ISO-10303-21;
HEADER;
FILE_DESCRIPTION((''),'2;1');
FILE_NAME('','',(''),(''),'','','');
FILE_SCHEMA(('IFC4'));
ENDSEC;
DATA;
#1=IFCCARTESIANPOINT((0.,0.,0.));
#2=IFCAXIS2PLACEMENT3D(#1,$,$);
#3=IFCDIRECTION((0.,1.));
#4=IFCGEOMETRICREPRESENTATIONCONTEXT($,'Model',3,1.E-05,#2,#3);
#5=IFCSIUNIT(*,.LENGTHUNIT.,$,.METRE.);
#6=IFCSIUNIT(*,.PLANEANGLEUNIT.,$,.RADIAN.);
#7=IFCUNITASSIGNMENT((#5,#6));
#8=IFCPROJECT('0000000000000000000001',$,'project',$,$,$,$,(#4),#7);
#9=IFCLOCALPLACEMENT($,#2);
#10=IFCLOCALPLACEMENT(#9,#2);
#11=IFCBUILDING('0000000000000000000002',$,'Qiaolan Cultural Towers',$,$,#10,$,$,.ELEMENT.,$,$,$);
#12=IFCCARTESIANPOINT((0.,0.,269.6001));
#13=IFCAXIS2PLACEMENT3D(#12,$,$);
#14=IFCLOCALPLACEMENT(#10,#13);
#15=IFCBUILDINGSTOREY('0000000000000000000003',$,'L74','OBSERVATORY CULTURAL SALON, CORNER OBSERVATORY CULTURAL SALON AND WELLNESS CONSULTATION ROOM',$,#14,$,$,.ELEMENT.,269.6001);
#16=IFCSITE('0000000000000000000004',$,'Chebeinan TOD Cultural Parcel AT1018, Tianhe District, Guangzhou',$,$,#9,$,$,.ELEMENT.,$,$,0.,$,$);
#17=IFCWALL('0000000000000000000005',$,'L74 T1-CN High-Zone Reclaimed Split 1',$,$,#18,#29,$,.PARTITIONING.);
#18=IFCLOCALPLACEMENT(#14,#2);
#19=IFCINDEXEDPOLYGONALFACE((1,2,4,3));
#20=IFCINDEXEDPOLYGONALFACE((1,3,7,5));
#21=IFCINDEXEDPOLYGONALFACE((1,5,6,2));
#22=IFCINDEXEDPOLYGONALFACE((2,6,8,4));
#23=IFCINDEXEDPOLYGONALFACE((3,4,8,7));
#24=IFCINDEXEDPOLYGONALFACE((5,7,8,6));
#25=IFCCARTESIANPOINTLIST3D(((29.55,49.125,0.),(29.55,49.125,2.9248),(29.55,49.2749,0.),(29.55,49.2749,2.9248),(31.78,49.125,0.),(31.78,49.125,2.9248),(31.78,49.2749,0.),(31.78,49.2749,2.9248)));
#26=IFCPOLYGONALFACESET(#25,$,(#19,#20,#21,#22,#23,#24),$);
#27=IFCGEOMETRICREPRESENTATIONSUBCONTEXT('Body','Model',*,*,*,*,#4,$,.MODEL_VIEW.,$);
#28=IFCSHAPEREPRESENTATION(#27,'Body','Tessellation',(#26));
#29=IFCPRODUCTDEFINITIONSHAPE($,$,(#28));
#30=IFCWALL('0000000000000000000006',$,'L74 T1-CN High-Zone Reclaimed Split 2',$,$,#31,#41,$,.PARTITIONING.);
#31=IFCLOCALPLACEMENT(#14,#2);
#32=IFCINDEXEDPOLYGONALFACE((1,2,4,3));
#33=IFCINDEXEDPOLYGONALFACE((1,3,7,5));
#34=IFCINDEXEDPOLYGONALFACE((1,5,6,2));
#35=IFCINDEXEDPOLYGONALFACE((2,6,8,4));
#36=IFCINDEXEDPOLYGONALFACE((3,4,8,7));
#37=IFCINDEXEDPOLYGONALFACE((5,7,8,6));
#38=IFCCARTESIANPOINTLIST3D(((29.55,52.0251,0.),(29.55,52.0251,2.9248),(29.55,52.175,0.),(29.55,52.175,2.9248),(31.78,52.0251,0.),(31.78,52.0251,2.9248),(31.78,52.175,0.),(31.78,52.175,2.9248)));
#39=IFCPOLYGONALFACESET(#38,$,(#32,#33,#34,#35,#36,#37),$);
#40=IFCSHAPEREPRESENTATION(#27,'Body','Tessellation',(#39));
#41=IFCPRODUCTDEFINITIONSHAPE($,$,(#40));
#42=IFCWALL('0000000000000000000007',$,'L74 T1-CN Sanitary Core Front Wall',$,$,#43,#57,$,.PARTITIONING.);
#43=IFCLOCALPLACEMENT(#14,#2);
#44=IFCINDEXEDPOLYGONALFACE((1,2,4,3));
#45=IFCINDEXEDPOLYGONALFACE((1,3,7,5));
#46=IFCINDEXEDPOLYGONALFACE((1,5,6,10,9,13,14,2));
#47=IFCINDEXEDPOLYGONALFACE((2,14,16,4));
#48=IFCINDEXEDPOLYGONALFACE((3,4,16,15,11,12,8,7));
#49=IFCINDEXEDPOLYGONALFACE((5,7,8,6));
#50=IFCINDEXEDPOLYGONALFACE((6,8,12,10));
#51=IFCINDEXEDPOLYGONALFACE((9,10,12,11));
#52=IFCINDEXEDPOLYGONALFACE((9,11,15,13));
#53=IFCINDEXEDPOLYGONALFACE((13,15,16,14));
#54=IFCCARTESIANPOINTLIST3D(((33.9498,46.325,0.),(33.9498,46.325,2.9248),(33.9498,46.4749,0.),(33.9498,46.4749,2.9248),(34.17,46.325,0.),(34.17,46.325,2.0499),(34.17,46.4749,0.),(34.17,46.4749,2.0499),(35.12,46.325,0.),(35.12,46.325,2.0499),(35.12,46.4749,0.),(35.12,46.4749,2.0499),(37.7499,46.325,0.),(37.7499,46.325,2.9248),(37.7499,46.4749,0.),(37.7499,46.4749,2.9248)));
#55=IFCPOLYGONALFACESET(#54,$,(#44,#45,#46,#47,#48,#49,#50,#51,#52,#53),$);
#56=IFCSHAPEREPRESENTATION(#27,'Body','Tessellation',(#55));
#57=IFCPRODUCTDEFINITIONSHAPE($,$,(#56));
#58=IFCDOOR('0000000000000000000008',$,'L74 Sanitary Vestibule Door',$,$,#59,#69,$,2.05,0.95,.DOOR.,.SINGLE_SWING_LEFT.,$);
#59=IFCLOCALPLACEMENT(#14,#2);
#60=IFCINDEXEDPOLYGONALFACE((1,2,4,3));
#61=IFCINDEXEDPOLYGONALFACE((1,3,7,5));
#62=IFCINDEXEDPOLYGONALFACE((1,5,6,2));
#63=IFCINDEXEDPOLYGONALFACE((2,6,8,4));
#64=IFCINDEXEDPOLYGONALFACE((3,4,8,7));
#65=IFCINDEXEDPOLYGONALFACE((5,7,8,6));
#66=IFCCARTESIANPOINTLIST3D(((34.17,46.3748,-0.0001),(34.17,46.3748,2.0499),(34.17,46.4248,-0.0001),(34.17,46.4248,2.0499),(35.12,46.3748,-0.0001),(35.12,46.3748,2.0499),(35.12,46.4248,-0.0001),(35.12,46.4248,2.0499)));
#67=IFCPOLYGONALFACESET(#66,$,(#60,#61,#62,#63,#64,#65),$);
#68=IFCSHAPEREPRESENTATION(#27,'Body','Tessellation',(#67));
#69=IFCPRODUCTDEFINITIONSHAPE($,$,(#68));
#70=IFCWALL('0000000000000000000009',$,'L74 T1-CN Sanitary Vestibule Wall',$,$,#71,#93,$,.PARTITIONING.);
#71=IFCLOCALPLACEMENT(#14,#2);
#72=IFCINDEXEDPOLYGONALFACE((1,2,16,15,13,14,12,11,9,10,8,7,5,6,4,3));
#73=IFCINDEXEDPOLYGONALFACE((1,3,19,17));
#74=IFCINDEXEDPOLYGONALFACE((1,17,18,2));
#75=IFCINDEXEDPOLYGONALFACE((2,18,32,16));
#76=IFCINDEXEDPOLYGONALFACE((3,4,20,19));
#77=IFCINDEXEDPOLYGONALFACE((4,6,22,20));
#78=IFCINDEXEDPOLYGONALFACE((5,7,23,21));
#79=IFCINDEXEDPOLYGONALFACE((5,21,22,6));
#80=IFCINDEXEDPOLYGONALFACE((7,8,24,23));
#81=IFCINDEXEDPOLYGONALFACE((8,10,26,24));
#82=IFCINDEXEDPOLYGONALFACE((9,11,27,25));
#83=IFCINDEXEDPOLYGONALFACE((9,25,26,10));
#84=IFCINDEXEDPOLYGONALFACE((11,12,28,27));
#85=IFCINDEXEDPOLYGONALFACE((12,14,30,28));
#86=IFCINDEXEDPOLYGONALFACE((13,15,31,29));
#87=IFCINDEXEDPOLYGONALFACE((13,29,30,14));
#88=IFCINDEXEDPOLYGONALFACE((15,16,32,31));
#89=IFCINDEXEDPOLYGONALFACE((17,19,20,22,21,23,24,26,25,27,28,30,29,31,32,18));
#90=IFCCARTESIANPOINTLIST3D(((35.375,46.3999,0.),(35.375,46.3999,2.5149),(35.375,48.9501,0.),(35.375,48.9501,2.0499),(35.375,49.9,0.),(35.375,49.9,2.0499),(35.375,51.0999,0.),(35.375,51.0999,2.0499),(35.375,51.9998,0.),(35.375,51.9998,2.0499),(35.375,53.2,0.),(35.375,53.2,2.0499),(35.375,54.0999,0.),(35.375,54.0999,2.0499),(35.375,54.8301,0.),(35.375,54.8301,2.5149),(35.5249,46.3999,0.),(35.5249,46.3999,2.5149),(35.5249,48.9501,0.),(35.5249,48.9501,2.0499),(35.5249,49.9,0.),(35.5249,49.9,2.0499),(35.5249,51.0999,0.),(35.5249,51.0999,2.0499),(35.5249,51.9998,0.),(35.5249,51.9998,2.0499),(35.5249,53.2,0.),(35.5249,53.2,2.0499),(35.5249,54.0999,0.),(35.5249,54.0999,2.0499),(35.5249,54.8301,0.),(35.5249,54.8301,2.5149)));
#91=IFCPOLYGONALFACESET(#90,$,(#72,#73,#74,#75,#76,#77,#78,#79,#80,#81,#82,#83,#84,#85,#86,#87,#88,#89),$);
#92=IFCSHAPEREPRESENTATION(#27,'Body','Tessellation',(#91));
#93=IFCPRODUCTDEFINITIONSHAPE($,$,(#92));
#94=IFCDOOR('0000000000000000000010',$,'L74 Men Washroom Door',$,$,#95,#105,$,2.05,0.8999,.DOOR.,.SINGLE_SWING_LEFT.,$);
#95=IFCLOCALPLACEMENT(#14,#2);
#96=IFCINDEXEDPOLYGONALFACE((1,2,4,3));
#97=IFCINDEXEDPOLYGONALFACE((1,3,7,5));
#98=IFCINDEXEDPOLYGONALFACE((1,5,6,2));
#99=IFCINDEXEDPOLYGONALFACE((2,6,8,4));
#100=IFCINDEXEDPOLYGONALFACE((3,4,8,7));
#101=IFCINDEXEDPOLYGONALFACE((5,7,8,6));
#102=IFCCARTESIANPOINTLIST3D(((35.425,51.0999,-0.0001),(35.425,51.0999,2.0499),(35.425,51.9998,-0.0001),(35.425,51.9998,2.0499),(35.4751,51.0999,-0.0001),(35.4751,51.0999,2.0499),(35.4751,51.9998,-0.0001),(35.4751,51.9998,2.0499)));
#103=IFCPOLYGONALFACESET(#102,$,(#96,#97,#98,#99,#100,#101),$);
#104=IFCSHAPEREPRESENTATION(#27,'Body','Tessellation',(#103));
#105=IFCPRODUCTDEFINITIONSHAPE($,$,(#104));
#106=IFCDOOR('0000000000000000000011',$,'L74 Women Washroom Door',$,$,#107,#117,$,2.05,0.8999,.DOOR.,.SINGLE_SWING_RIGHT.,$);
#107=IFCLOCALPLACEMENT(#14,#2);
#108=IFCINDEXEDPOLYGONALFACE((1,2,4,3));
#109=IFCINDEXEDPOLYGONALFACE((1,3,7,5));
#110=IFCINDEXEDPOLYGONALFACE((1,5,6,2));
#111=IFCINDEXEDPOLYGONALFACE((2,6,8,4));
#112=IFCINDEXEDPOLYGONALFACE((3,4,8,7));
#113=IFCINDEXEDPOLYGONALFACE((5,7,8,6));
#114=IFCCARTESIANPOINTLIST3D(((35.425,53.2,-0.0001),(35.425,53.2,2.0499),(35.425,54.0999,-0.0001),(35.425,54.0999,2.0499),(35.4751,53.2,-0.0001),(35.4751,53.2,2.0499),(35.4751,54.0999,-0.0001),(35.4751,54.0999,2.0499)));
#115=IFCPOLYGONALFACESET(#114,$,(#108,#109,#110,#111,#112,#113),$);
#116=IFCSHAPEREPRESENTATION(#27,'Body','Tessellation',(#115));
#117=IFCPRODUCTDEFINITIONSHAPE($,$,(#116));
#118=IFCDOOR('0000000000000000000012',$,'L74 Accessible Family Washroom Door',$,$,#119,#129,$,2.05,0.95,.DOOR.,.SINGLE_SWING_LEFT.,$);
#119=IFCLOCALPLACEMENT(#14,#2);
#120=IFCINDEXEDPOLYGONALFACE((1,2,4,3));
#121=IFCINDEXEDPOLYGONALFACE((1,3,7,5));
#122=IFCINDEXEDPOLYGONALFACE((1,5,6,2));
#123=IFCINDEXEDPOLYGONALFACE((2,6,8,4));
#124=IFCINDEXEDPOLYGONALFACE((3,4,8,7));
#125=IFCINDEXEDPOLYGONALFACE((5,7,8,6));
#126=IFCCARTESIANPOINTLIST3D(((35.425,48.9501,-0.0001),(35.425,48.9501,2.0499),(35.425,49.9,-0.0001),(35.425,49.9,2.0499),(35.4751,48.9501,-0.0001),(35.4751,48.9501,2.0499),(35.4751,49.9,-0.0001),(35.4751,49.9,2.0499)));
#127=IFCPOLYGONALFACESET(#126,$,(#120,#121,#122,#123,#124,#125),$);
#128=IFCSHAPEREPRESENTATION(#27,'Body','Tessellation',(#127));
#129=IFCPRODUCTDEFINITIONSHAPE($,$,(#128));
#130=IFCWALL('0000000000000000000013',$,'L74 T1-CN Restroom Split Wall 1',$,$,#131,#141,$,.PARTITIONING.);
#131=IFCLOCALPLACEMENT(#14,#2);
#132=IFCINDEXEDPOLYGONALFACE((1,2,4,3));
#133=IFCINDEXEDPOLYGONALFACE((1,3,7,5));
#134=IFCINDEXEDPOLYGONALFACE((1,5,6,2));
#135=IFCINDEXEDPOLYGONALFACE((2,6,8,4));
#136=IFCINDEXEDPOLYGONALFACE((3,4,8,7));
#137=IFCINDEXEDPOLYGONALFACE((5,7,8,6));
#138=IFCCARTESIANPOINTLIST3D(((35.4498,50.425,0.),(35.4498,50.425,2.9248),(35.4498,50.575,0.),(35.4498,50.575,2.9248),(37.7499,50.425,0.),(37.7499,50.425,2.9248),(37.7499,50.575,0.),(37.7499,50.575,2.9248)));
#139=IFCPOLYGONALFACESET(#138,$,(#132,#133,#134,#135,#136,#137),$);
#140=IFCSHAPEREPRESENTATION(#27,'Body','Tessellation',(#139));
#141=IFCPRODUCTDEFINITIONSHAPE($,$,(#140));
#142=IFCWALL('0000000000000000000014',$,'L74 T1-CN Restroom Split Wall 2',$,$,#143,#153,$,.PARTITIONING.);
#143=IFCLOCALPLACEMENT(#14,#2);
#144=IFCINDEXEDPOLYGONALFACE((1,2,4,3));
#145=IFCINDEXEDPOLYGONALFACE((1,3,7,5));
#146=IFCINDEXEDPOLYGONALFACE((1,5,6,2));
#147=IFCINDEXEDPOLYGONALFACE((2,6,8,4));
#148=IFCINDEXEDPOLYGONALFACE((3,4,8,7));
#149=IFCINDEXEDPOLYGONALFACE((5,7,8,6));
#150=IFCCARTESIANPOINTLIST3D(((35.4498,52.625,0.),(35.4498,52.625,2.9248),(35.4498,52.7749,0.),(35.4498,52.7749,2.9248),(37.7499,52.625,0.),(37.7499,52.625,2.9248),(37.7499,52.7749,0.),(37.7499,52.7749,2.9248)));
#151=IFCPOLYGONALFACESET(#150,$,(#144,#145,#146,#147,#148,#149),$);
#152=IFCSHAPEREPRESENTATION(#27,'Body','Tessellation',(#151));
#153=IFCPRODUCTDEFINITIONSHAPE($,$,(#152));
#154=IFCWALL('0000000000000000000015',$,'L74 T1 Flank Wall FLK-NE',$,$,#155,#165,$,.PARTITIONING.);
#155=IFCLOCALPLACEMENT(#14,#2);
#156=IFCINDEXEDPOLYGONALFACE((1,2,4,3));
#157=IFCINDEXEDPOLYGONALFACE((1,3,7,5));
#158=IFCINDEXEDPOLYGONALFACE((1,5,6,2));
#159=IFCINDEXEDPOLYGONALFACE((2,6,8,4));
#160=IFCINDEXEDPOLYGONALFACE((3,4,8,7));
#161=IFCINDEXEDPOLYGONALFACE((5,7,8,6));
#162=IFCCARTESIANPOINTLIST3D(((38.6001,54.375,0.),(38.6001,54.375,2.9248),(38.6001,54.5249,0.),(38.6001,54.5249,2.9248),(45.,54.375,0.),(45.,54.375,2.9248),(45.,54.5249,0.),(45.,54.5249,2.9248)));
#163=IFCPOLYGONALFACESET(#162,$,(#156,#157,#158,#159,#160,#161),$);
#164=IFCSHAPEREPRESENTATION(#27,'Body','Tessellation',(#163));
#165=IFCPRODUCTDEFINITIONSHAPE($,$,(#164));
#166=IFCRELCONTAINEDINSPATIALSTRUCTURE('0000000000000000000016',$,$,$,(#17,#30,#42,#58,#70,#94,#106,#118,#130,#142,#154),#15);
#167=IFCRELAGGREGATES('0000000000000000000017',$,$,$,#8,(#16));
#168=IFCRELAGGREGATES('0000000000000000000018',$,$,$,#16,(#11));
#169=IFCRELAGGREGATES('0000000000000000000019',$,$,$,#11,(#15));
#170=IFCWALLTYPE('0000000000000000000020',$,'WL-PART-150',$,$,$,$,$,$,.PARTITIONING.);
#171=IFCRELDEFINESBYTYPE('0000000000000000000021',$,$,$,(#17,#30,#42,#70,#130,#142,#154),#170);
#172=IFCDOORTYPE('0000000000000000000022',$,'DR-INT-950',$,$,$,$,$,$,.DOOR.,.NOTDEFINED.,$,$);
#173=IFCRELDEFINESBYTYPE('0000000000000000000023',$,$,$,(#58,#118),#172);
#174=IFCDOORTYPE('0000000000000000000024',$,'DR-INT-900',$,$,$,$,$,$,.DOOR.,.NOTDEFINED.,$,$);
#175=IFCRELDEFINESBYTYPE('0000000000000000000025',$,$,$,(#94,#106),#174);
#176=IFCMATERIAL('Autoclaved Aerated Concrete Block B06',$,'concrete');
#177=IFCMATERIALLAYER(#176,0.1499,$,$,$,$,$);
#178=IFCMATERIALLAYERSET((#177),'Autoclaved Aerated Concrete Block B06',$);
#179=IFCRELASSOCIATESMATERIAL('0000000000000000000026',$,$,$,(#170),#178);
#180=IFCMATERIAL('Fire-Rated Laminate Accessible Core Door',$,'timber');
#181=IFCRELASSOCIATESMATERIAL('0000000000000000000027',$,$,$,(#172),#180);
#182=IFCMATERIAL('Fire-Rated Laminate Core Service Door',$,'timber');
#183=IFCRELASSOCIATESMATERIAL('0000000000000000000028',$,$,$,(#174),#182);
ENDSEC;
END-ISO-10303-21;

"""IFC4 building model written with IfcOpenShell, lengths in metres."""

from ifc_helpers import new_model, si_unit, direction, frame, frame_2d, origin, place, context, subcontext, project, spatial, rectangle, extrude, material, layer, layer_set, type_object, element, fill, save


model = new_model("IFC4")

# Units and contexts
model_context = context("Model", 3, precision=1e-05, world=origin(), true_north=direction((0.0, 1.0)))
body_context = subcontext(model_context, "Body", "Model", "MODEL_VIEW")
ifc_project = project(units=[si_unit("LENGTHUNIT", "METRE"), si_unit("PLANEANGLEUNIT", "RADIAN")], contexts=[model_context])

# Site, building, storey
site_placement = place(None, origin())
site = spatial("IfcSite", under=ifc_project, at=site_placement, Name="Chebeinan TOD Cultural Parcel AT1018, Tianhe District, Guangzhou", CompositionType="ELEMENT", RefElevation=0.0)
building_placement = place(site_placement, origin())
building = spatial("IfcBuilding", under=site, at=building_placement, Name="Qiaolan Cultural Towers", CompositionType="ELEMENT")
storey_placement = place(building_placement, frame((0.0, 0.0, 269.6001)))
storey = spatial("IfcBuildingStorey", under=building, at=storey_placement, Name="L74", Description="OBSERVATORY CULTURAL SALON, CORNER OBSERVATORY CULTURAL SALON AND WELLNESS CONSULTATION ROOM", CompositionType="ELEMENT", Elevation=269.6001)

# Walls
ifc_material_1 = material(Name="Autoclaved Aerated Concrete Block B06", Category="concrete")
ifc_layer_1 = layer(ifc_material_1, 0.1499)
ifc_layer_set_1 = layer_set([ifc_layer_1], Name="Autoclaved Aerated Concrete Block B06")
wall_type_1 = type_object("IfcWallType", Name="WL-PART-150", PredefinedType="PARTITIONING", material=ifc_layer_set_1)
for number, where, z_axis, x_axis, name in (
    (1, (29.55, 49.2, 0.0), (0.0, 0.0, 1.0), (1.0, 0.0, 0.0), "L74 T1-CN High-Zone Reclaimed Split 1"),
    (2, (29.55, 52.1001, 0.0), (0.0, 0.0, 1.0), (1.0, 0.0, 0.0), "L74 T1-CN High-Zone Reclaimed Split 2"),
):
    element("IfcWall", number, at=place(storey_placement, frame(where, z_axis=z_axis, x_axis=x_axis)), inside=storey, type_object=wall_type_1, Name=name, PredefinedType="PARTITIONING", context=body_context, shape_type="SweptSolid", body=[
        extrude(rectangle(XDim=2.23, YDim=0.1499, at=frame_2d((1.115, 0.0))), origin(), (0.0, 0.0, 1.0), 2.9248),
    ])

# Wall, opening, door
wall_1_placement = place(storey_placement, frame((33.95, 46.3999, 0.0), z_axis=(0.0, 0.0, 1.0), x_axis=(1.0, 0.0, 0.0)))
wall_1 = element("IfcWall", 3, at=wall_1_placement, inside=storey, type_object=wall_type_1, Name="L74 T1-CN Sanitary Core Front Wall", PredefinedType="PARTITIONING", context=body_context, shape_type="SweptSolid", body=[
    extrude(rectangle(XDim=3.8, YDim=0.1499, at=frame_2d((1.8999, 0.0))), origin(), (0.0, 0.0, 1.0), 2.9248),
])
opening_1_placement = place(wall_1_placement, frame((0.22, 0.0, 0.0)))
opening_1 = element("IfcOpeningElement", 4, at=opening_1_placement, cuts=wall_1, PredefinedType="OPENING", context=body_context, shape_type="SweptSolid", body=[
    extrude(rectangle(XDim=0.95, YDim=2.05, at=frame_2d((0.4751, 1.0249))), frame((0.0, 0.085, 0.0), z_axis=(0.0, -1.0, 0.0), x_axis=(1.0, 0.0, 0.0)), (0.0, 0.0, 1.0), 0.1699),
])
ifc_material_2 = material(Name="Fire-Rated Laminate Accessible Core Door", Category="timber")
door_type_1 = type_object("IfcDoorType", Name="DR-INT-950", OperationType="NOTDEFINED", PredefinedType="DOOR", material=ifc_material_2)
door_1_placement = place(opening_1_placement, origin())
door_1 = element("IfcDoor", 5, at=door_1_placement, inside=storey, type_object=door_type_1, Name="L74 Sanitary Vestibule Door", OperationType="SINGLE_SWING_LEFT", OverallHeight=2.05, OverallWidth=0.95, PredefinedType="DOOR", context=body_context, shape_type="SweptSolid", body=[
    extrude(rectangle(XDim=0.95, YDim=2.05, at=frame_2d((0.4751, 1.0249))), frame((0.0, 0.0249, 0.0), z_axis=(0.0, -1.0, 0.0), x_axis=(1.0, 0.0, 0.0)), (0.0, 0.0, 1.0), 0.05),
])
fill(opening_1, door_1)

# Wall, openings, doors
wall_2_placement = place(storey_placement, frame((35.45, 46.3999, 0.0), z_axis=(0.0, 0.0, 1.0), x_axis=(0.0, 1.0, 0.0)))
wall_2 = element("IfcWall", 6, at=wall_2_placement, inside=storey, type_object=wall_type_1, Name="L74 T1-CN Sanitary Vestibule Wall", PredefinedType="PARTITIONING", context=body_context, shape_type="SweptSolid", body=[
    extrude(rectangle(XDim=8.4302, YDim=0.1499, at=frame_2d((4.2151, 0.0))), origin(), (0.0, 0.0, 1.0), 2.5149),
])
opening_2_placement = place(wall_2_placement, frame((2.55, 0.0, 0.0)))
opening_2 = element("IfcOpeningElement", 7, at=opening_2_placement, cuts=wall_2, PredefinedType="OPENING", context=body_context, shape_type="SweptSolid", body=[
    extrude(rectangle(XDim=0.95, YDim=2.05, at=frame_2d((0.4751, 1.0249))), frame((0.0, 0.085, 0.0), z_axis=(0.0, -1.0, 0.0), x_axis=(1.0, 0.0, 0.0)), (0.0, 0.0, 1.0), 0.1699),
])
opening_3_placement = place(wall_2_placement, frame((4.7, 0.0, 0.0)))
opening_3 = element("IfcOpeningElement", 8, at=opening_3_placement, cuts=wall_2, PredefinedType="OPENING", context=body_context, shape_type="SweptSolid", body=[
    extrude(rectangle(XDim=0.8999, YDim=2.05, at=frame_2d((0.45, 1.0249))), frame((0.0, 0.085, 0.0), z_axis=(0.0, -1.0, 0.0), x_axis=(1.0, 0.0, 0.0)), (0.0, 0.0, 1.0), 0.1699),
])
opening_4_placement = place(wall_2_placement, frame((6.8, 0.0, 0.0)))
opening_4 = element("IfcOpeningElement", 9, at=opening_4_placement, cuts=wall_2, PredefinedType="OPENING", context=body_context, shape_type="SweptSolid", body=[
    extrude(rectangle(XDim=0.8999, YDim=2.05, at=frame_2d((0.45, 1.0249))), frame((0.0, 0.085, 0.0), z_axis=(0.0, -1.0, 0.0), x_axis=(1.0, 0.0, 0.0)), (0.0, 0.0, 1.0), 0.1699),
])
ifc_material_3 = material(Name="Fire-Rated Laminate Core Service Door", Category="timber")
door_type_2 = type_object("IfcDoorType", Name="DR-INT-900", OperationType="NOTDEFINED", PredefinedType="DOOR", material=ifc_material_3)
door_2_placement = place(opening_3_placement, origin())
door_2 = element("IfcDoor", 10, at=door_2_placement, inside=storey, type_object=door_type_2, Name="L74 Men Washroom Door", OperationType="SINGLE_SWING_LEFT", OverallHeight=2.05, OverallWidth=0.8999, PredefinedType="DOOR", context=body_context, shape_type="SweptSolid", body=[
    extrude(rectangle(XDim=0.8999, YDim=2.05, at=frame_2d((0.45, 1.0249))), frame((0.0, 0.0249, 0.0), z_axis=(0.0, -1.0, 0.0), x_axis=(1.0, 0.0, 0.0)), (0.0, 0.0, 1.0), 0.05),
])
fill(opening_3, door_2)
door_3_placement = place(opening_4_placement, origin())
door_3 = element("IfcDoor", 11, at=door_3_placement, inside=storey, type_object=door_type_2, Name="L74 Women Washroom Door", OperationType="SINGLE_SWING_RIGHT", OverallHeight=2.05, OverallWidth=0.8999, PredefinedType="DOOR", context=body_context, shape_type="SweptSolid", body=[
    extrude(rectangle(XDim=0.8999, YDim=2.05, at=frame_2d((0.45, 1.0249))), frame((0.0, 0.0249, 0.0), z_axis=(0.0, -1.0, 0.0), x_axis=(1.0, 0.0, 0.0)), (0.0, 0.0, 1.0), 0.05),
])
fill(opening_4, door_3)
door_4_placement = place(opening_2_placement, origin())
door_4 = element("IfcDoor", 12, at=door_4_placement, inside=storey, type_object=door_type_1, Name="L74 Accessible Family Washroom Door", OperationType="SINGLE_SWING_LEFT", OverallHeight=2.05, OverallWidth=0.95, PredefinedType="DOOR", context=body_context, shape_type="SweptSolid", body=[
    extrude(rectangle(XDim=0.95, YDim=2.05, at=frame_2d((0.4751, 1.0249))), frame((0.0, 0.0249, 0.0), z_axis=(0.0, -1.0, 0.0), x_axis=(1.0, 0.0, 0.0)), (0.0, 0.0, 1.0), 0.05),
])
fill(opening_2, door_4)

# Walls
for number, where, z_axis, x_axis, name in (
    (13, (35.45, 50.5, 0.0), (0.0, 0.0, 1.0), (1.0, 0.0, 0.0), "L74 T1-CN Restroom Split Wall 1"),
    (14, (35.45, 52.7, 0.0), (0.0, 0.0, 1.0), (1.0, 0.0, 0.0), "L74 T1-CN Restroom Split Wall 2"),
):
    element("IfcWall", number, at=place(storey_placement, frame(where, z_axis=z_axis, x_axis=x_axis)), inside=storey, type_object=wall_type_1, Name=name, PredefinedType="PARTITIONING", context=body_context, shape_type="SweptSolid", body=[
        extrude(rectangle(XDim=2.3, YDim=0.1499, at=frame_2d((1.1499, 0.0))), origin(), (0.0, 0.0, 1.0), 2.9248),
    ])
wall_3_placement = place(storey_placement, frame((38.6001, 54.45, 0.0), z_axis=(0.0, 0.0, 1.0), x_axis=(1.0, 0.0, 0.0)))
element("IfcWall", 15, at=wall_3_placement, inside=storey, type_object=wall_type_1, Name="L74 T1 Flank Wall FLK-NE", PredefinedType="PARTITIONING", context=body_context, shape_type="SweptSolid", body=[
    extrude(rectangle(XDim=6.3999, YDim=0.1499, at=frame_2d((3.2, 0.0))), origin(), (0.0, 0.0, 1.0), 2.9248),
])

save(model, "model.ifc")
